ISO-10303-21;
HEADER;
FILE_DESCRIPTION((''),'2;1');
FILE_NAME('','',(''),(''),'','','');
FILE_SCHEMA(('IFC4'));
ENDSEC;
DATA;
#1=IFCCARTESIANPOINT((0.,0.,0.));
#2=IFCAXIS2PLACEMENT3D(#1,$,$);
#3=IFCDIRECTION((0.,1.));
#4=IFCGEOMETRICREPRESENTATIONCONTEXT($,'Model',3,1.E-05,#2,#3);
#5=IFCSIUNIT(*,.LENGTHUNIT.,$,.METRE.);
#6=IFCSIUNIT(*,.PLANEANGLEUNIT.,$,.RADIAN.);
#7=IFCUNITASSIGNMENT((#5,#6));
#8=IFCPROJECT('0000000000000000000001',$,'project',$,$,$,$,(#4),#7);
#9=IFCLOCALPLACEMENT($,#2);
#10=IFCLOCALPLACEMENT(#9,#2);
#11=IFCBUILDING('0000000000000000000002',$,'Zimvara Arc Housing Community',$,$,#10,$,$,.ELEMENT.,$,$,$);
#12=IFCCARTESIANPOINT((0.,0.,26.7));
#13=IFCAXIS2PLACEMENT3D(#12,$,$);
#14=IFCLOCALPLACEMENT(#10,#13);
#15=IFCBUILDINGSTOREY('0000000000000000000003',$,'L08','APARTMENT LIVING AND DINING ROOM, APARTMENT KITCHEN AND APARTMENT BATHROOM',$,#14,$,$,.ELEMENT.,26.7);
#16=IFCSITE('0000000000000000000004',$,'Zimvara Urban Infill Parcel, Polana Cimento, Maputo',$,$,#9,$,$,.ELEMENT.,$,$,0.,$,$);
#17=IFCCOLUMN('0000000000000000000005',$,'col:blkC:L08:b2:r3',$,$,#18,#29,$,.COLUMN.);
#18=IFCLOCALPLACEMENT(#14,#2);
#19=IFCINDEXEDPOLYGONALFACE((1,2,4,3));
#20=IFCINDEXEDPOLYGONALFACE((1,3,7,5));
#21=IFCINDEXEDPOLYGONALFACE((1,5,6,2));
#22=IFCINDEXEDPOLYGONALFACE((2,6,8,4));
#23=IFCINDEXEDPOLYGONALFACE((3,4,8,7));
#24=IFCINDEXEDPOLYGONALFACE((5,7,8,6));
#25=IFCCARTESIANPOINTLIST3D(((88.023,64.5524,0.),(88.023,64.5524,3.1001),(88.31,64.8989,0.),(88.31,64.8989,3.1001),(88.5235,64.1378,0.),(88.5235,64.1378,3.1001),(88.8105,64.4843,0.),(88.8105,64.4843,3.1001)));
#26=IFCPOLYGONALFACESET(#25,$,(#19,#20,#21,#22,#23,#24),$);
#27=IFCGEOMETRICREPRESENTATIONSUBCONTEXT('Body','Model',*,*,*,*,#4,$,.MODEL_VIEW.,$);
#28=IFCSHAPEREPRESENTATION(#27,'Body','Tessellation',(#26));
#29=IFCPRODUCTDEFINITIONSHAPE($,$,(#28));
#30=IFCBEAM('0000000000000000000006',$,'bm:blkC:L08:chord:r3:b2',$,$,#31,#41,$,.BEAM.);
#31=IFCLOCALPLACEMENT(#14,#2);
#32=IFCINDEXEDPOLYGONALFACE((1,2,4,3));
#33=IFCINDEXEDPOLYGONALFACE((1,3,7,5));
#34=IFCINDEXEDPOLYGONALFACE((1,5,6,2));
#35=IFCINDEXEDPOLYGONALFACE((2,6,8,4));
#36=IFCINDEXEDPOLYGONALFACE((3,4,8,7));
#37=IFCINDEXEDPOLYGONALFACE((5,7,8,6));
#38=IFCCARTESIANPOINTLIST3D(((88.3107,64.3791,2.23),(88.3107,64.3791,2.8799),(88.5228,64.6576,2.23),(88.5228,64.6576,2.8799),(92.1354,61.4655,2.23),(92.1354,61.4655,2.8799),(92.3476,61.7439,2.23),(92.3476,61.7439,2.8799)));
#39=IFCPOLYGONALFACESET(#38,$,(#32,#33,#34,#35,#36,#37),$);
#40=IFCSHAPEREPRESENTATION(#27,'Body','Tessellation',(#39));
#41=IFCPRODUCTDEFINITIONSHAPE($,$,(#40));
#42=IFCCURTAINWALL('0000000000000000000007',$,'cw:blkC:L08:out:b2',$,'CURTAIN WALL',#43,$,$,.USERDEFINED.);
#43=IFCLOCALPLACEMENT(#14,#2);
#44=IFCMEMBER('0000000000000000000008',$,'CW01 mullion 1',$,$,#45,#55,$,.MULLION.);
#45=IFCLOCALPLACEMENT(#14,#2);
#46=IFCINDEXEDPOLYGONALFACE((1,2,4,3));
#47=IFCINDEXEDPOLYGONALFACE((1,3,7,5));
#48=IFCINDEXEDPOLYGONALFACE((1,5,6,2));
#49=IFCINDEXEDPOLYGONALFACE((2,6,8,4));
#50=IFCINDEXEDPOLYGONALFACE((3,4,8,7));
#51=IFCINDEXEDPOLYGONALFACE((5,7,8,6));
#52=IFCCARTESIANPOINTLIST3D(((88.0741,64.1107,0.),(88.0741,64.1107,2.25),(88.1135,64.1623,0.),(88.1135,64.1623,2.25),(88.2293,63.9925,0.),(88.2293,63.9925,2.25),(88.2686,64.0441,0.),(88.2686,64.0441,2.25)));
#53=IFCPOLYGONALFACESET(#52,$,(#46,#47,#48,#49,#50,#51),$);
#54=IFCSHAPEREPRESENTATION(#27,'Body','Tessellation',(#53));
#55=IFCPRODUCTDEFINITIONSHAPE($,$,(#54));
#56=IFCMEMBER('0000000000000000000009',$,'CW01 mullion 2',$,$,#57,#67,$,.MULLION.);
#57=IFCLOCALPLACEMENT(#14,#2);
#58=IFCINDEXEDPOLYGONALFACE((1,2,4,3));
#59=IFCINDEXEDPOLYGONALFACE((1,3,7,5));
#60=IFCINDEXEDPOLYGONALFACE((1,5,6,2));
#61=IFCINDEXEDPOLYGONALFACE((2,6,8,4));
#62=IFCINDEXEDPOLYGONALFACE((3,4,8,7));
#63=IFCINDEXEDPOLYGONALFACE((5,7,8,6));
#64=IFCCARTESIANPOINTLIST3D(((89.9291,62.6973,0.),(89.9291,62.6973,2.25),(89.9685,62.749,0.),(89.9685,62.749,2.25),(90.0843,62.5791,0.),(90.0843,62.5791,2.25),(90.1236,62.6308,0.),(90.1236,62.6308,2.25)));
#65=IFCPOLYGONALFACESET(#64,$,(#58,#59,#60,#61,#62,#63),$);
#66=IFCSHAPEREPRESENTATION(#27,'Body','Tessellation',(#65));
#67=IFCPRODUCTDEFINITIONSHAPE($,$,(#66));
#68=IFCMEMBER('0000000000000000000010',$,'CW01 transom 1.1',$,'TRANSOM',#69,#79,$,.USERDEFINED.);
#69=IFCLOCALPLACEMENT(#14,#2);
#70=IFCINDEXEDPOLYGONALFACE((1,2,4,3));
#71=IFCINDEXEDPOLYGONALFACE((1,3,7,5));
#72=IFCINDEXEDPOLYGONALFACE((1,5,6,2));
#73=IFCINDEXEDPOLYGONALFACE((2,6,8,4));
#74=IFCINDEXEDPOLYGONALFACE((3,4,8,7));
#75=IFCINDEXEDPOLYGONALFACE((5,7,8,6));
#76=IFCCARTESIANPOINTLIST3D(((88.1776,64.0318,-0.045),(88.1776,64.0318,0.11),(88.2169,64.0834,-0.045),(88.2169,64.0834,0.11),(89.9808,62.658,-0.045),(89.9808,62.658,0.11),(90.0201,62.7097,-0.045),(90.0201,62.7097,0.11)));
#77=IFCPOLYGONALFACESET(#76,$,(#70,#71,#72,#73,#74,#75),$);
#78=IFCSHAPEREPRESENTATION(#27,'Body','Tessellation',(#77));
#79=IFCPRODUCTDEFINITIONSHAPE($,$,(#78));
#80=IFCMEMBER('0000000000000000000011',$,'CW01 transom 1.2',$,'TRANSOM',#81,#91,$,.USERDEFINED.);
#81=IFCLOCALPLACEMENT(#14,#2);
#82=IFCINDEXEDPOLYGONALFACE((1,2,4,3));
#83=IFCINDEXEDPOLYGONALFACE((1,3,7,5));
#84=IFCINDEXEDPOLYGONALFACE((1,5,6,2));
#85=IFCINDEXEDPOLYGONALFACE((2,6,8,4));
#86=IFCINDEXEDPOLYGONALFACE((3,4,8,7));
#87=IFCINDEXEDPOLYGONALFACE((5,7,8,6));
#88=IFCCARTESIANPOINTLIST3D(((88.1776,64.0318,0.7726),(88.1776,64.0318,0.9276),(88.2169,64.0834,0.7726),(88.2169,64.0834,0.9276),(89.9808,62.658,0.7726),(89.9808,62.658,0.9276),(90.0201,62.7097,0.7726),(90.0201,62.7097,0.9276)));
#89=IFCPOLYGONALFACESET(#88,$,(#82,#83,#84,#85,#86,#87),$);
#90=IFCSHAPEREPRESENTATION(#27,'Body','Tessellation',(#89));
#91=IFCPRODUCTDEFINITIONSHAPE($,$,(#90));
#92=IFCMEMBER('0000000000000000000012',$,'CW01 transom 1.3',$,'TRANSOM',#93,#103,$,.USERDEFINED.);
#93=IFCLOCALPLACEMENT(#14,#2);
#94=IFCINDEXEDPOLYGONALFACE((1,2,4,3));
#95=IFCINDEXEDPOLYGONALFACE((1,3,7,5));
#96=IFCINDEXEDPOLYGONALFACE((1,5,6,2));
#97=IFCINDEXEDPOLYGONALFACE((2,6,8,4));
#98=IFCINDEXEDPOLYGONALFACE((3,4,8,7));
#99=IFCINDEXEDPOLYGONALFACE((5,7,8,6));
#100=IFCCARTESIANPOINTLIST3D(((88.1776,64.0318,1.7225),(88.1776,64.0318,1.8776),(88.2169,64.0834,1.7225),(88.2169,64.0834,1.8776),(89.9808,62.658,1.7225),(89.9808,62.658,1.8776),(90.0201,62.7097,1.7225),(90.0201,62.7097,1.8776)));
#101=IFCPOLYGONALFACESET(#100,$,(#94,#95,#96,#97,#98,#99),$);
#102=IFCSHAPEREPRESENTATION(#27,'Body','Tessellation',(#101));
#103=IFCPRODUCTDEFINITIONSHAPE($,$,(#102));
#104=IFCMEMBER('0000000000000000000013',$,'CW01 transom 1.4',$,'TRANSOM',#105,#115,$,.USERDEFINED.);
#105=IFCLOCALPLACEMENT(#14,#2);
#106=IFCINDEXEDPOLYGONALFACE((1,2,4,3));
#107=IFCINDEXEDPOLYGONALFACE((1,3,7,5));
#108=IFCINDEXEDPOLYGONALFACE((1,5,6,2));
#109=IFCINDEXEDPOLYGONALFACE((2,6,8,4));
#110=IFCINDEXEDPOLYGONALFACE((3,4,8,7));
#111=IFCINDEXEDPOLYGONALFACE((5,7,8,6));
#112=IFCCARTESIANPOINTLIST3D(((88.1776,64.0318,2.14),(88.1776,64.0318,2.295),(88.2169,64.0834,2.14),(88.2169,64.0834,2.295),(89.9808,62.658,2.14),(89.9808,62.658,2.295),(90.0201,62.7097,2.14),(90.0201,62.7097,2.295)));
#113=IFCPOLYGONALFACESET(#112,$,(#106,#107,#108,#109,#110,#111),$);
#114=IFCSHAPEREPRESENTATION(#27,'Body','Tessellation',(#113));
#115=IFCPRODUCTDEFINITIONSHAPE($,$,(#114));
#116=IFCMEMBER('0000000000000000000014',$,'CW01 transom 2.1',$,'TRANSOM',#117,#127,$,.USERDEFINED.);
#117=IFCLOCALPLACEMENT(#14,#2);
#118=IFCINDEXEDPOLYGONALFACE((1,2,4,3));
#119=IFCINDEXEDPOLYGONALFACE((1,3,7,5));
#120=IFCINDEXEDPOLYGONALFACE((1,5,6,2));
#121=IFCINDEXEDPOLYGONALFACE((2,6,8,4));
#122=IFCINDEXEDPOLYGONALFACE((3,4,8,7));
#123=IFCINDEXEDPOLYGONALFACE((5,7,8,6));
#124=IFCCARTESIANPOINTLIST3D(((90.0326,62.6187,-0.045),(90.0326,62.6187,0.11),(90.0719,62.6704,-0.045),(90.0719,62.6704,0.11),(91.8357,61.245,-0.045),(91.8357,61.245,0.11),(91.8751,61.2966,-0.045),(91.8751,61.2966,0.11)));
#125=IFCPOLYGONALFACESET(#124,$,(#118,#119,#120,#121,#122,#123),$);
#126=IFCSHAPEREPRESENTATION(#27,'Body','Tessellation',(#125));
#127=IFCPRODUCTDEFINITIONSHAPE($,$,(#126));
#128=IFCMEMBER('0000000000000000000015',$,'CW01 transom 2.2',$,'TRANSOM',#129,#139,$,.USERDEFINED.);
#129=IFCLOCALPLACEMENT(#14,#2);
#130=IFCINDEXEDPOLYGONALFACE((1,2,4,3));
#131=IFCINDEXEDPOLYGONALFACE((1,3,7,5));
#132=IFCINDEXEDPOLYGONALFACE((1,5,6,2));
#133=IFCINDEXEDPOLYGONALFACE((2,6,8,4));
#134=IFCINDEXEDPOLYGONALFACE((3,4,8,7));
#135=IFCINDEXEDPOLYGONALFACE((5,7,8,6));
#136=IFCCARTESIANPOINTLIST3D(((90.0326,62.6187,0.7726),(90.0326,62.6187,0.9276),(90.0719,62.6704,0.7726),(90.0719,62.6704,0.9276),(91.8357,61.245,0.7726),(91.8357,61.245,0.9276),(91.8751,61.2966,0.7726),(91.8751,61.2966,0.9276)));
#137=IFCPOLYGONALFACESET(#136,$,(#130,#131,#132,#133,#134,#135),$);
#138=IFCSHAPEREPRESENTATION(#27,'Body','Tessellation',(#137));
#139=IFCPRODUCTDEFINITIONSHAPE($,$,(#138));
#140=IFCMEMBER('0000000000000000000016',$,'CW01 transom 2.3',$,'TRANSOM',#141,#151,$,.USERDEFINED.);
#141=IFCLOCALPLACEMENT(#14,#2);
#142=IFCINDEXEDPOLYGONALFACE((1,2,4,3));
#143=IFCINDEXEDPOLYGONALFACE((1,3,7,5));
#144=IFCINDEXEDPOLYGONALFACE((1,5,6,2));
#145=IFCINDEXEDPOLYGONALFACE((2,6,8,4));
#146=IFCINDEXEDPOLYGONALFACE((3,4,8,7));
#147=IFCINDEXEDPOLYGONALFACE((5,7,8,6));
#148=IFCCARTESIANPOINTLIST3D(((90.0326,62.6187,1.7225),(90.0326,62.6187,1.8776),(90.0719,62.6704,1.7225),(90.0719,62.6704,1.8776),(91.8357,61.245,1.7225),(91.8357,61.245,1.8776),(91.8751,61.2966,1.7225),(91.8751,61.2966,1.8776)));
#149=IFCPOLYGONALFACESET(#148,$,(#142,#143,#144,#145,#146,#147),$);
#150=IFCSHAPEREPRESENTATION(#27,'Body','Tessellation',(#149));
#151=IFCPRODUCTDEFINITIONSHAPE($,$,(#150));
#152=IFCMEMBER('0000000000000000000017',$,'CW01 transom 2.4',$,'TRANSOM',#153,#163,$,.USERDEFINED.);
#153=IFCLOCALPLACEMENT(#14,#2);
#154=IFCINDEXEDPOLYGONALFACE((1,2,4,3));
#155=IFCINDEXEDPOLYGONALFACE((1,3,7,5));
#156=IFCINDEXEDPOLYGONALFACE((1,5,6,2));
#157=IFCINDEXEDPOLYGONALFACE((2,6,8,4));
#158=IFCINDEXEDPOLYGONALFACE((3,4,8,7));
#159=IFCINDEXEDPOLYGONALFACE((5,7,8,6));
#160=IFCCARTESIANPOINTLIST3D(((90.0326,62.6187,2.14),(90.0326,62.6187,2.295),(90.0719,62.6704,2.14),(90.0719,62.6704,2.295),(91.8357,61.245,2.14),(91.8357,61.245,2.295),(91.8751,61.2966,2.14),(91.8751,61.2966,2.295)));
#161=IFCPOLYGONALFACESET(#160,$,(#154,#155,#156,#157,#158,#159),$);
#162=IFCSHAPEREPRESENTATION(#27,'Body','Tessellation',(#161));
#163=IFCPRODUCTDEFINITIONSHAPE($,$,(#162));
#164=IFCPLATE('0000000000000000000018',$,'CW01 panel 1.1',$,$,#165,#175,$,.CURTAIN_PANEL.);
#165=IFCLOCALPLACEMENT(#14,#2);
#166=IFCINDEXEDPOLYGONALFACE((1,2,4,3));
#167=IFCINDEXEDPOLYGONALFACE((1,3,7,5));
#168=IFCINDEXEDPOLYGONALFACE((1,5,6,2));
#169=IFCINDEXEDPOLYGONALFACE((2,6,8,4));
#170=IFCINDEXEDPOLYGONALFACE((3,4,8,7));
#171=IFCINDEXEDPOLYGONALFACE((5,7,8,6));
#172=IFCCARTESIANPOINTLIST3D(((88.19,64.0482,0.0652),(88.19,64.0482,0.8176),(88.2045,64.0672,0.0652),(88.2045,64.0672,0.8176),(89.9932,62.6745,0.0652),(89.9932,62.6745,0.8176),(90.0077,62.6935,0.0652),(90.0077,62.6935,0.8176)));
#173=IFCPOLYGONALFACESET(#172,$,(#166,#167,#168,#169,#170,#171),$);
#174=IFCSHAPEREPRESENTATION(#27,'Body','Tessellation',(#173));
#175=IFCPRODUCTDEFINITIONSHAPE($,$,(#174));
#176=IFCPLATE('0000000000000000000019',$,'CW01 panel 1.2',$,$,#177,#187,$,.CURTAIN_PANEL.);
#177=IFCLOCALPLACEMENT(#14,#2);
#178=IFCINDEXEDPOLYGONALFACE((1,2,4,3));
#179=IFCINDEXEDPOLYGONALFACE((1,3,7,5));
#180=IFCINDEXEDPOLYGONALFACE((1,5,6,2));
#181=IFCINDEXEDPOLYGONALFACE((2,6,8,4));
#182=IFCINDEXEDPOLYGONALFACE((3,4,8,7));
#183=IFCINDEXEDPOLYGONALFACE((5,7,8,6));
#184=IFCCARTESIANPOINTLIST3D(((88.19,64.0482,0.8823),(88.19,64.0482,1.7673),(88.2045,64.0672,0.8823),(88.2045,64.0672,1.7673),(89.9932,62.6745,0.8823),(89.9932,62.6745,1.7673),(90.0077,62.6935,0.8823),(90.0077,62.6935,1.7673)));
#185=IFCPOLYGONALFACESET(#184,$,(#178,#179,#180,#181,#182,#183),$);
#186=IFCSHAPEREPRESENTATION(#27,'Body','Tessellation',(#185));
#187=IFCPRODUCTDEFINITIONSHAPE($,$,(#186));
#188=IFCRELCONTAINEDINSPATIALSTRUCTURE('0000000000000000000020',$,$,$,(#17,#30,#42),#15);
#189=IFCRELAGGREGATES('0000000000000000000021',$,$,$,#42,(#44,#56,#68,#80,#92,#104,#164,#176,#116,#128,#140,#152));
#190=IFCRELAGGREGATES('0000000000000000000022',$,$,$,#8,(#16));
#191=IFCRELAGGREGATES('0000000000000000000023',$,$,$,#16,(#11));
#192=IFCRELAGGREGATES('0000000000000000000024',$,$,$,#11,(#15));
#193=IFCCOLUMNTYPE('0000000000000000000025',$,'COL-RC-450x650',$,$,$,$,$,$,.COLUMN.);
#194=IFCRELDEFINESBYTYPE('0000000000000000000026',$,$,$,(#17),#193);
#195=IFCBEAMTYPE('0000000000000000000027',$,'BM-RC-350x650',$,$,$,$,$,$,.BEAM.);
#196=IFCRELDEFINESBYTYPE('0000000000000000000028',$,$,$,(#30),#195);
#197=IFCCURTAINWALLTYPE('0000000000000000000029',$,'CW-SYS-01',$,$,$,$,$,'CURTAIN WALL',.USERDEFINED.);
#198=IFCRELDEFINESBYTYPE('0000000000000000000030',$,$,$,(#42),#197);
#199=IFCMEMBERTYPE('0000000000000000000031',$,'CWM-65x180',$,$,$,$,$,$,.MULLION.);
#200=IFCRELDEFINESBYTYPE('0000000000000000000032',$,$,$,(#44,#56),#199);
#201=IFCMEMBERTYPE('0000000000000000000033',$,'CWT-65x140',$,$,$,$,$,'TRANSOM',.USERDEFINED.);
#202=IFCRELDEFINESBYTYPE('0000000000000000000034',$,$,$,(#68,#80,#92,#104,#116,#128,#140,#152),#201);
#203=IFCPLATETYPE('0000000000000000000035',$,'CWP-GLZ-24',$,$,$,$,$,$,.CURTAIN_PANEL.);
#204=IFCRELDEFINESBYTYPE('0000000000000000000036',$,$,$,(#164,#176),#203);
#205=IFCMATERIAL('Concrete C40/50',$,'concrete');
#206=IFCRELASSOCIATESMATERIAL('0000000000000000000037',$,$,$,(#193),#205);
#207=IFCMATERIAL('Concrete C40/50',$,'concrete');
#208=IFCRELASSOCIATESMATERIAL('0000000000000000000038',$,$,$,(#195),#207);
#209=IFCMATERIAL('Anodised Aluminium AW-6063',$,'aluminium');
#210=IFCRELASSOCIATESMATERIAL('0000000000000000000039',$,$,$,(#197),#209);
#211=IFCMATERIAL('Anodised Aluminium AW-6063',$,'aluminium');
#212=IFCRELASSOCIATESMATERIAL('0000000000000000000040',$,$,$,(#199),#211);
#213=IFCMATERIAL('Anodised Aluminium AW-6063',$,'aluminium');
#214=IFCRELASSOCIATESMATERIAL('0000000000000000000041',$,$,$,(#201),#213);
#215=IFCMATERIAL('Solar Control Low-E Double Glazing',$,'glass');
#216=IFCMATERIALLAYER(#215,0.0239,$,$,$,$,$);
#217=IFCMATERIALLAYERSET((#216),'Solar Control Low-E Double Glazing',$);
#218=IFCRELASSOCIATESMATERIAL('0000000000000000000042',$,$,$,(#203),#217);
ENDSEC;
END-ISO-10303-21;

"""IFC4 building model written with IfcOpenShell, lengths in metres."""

from ifc_helpers import new_model, si_unit, direction, frame, origin, origin_2d, place, context, subcontext, project, spatial, rectangle, extrude, material, layer, layer_set, material_profile, profile_set, type_object, element, aggregate, save


model = new_model("IFC4")

# Units and contexts
model_context = context("Model", 3, precision=1e-05, world=origin(), true_north=direction((0.0, 1.0)))
body_context = subcontext(model_context, "Body", "Model", "MODEL_VIEW")
ifc_project = project(units=[si_unit("LENGTHUNIT", "METRE"), si_unit("PLANEANGLEUNIT", "RADIAN")], contexts=[model_context])

# Site, building, storey
site_placement = place(None, origin())
site = spatial("IfcSite", under=ifc_project, at=site_placement, Name="Zimvara Urban Infill Parcel, Polana Cimento, Maputo", CompositionType="ELEMENT", RefElevation=0.0)
building_placement = place(site_placement, origin())
building = spatial("IfcBuilding", under=site, at=building_placement, Name="Zimvara Arc Housing Community", CompositionType="ELEMENT")
storey_placement = place(building_placement, frame((0.0, 0.0, 26.7)))
storey = spatial("IfcBuildingStorey", under=building, at=storey_placement, Name="L08", Description="APARTMENT LIVING AND DINING ROOM, APARTMENT KITCHEN AND APARTMENT BATHROOM", CompositionType="ELEMENT", Elevation=26.7)

# Column
ifc_material_1 = material(Name="Concrete C40/50", Category="concrete")
ifc_material_profile_1 = material_profile(ifc_material_1, rectangle(XDim=0.45, YDim=0.6499, at=origin_2d()), Name="RC 450x650")
ifc_profile_set_1 = profile_set([ifc_material_profile_1], Name="Concrete C40/50")
column_type = type_object("IfcColumnType", Name="COL-RC-450x650", PredefinedType="COLUMN", material=ifc_profile_set_1)
column_placement = place(storey_placement, frame((88.4167, 64.5183, 0.0), z_axis=(0.0, 0.0, 1.0), x_axis=(-0.637962, -0.770068, 0.0)))
element("IfcColumn", 1, at=column_placement, inside=storey, type_object=column_type, Name="col:blkC:L08:b2:r3", PredefinedType="COLUMN", context=body_context, shape_type="SweptSolid", body=[
    extrude(rectangle(XDim=0.45, YDim=0.6499, at=origin_2d()), origin(), (0.0, 0.0, 1.0), 3.1001),
])

# Beam
ifc_material_2 = material(Name="Concrete C40/50", Category="concrete")
ifc_material_profile_2 = material_profile(ifc_material_2, rectangle(XDim=0.3501, YDim=0.6499, at=origin_2d()), Name="RC 350x650")
ifc_profile_set_2 = profile_set([ifc_material_profile_2], Name="Concrete C40/50")
beam_type = type_object("IfcBeamType", Name="BM-RC-350x650", PredefinedType="BEAM", material=ifc_profile_set_2)
beam_placement = place(storey_placement, frame((88.4167, 64.5183, 2.5549), z_axis=(0.795481, -0.605979, 0.0), x_axis=(0.605979, 0.795481, 0.0)))
element("IfcBeam", 2, at=beam_placement, inside=storey, type_object=beam_type, Name="bm:blkC:L08:chord:r3:b2", PredefinedType="BEAM", context=body_context, shape_type="SweptSolid", body=[
    extrude(rectangle(XDim=0.3501, YDim=0.6499, at=origin_2d()), origin(), (0.0, 0.0, 1.0), 4.8081),
])

# Curtain wall, members, plates
ifc_material_3 = material(Name="Anodised Aluminium AW-6063", Category="aluminium")
curtain_wall_type = type_object("IfcCurtainWallType", Name="CW-SYS-01", ElementType="CURTAIN WALL", PredefinedType="USERDEFINED", material=ifc_material_3)
curtain_wall_placement = place(storey_placement, origin())
curtain_wall = element("IfcCurtainWall", 3, at=curtain_wall_placement, inside=storey, type_object=curtain_wall_type, Name="cw:blkC:L08:out:b2", ObjectType="CURTAIN WALL", PredefinedType="USERDEFINED")
ifc_material_4 = material(Name="Anodised Aluminium AW-6063", Category="aluminium")
ifc_material_profile_3 = material_profile(ifc_material_4, rectangle(XDim=0.0649, YDim=0.1951, at=origin_2d()), Name="ALU 65x195")
ifc_profile_set_3 = profile_set([ifc_material_profile_3], Name="Anodised Aluminium AW-6063")
member_type_1 = type_object("IfcMemberType", Name="CWM-65x180", PredefinedType="MULLION", material=ifc_profile_set_3)
member_1_placement = place(storey_placement, frame((88.1714, 64.0774, 0.0), z_axis=(0.0, 0.0, 1.0), x_axis=(0.605988, 0.795474, 0.0)))
member_1 = element("IfcMember", 4, at=member_1_placement, type_object=member_type_1, Name="CW01 mullion 1", PredefinedType="MULLION", context=body_context, shape_type="SweptSolid", body=[
    extrude(rectangle(XDim=0.0649, YDim=0.1951, at=origin_2d()), origin(), (0.0, 0.0, 1.0), 2.25),
])
member_2_placement = place(storey_placement, frame((90.0264, 62.6641, 0.0), z_axis=(0.0, 0.0, 1.0), x_axis=(0.605988, 0.795474, 0.0)))
member_2 = element("IfcMember", 5, at=member_2_placement, type_object=member_type_1, Name="CW01 mullion 2", PredefinedType="MULLION", context=body_context, shape_type="SweptSolid", body=[
    extrude(rectangle(XDim=0.0649, YDim=0.1951, at=origin_2d()), origin(), (0.0, 0.0, 1.0), 2.25),
])
ifc_material_5 = material(Name="Anodised Aluminium AW-6063", Category="aluminium")
ifc_material_profile_4 = material_profile(ifc_material_5, rectangle(XDim=0.0649, YDim=0.155, at=origin_2d()), Name="ALU 65x155")
ifc_profile_set_4 = profile_set([ifc_material_profile_4], Name="Anodised Aluminium AW-6063")
member_type_2 = type_object("IfcMemberType", Name="CWT-65x140", ElementType="TRANSOM", PredefinedType="USERDEFINED", material=ifc_profile_set_4)
member_3_placement = place(storey_placement, frame((88.1973, 64.0576, 0.0325), z_axis=(0.795454, -0.606014, 0.0), x_axis=(0.606014, 0.795454, 0.0)))
member_3 = element("IfcMember", 6, at=member_3_placement, type_object=member_type_2, Name="CW01 transom 1.1", ObjectType="TRANSOM", PredefinedType="USERDEFINED", context=body_context, shape_type="SweptSolid", body=[
    extrude(rectangle(XDim=0.0649, YDim=0.155, at=origin_2d()), origin(), (0.0, 0.0, 1.0), 2.2668),
])
member_4_placement = place(storey_placement, frame((88.1973, 64.0576, 0.8501), z_axis=(0.795454, -0.606014, 0.0), x_axis=(0.606014, 0.795454, 0.0)))
member_4 = element("IfcMember", 7, at=member_4_placement, type_object=member_type_2, Name="CW01 transom 1.2", ObjectType="TRANSOM", PredefinedType="USERDEFINED", context=body_context, shape_type="SweptSolid", body=[
    extrude(rectangle(XDim=0.0649, YDim=0.155, at=origin_2d()), origin(), (0.0, 0.0, 1.0), 2.2668),
])
member_5_placement = place(storey_placement, frame((88.1973, 64.0576, 1.8), z_axis=(0.795454, -0.606014, 0.0), x_axis=(0.606014, 0.795454, 0.0)))
member_5 = element("IfcMember", 8, at=member_5_placement, type_object=member_type_2, Name="CW01 transom 1.3", ObjectType="TRANSOM", PredefinedType="USERDEFINED", context=body_context, shape_type="SweptSolid", body=[
    extrude(rectangle(XDim=0.0649, YDim=0.155, at=origin_2d()), origin(), (0.0, 0.0, 1.0), 2.2668),
])
member_6_placement = place(storey_placement, frame((88.1973, 64.0576, 2.2175), z_axis=(0.795454, -0.606014, 0.0), x_axis=(0.606014, 0.795454, 0.0)))
member_6 = element("IfcMember", 9, at=member_6_placement, type_object=member_type_2, Name="CW01 transom 1.4", ObjectType="TRANSOM", PredefinedType="USERDEFINED", context=body_context, shape_type="SweptSolid", body=[
    extrude(rectangle(XDim=0.0649, YDim=0.155, at=origin_2d()), origin(), (0.0, 0.0, 1.0), 2.2668),
])
member_7_placement = place(storey_placement, frame((90.0522, 62.6445, 0.0325), z_axis=(0.795454, -0.606014, 0.0), x_axis=(0.606014, 0.795454, 0.0)))
member_7 = element("IfcMember", 10, at=member_7_placement, type_object=member_type_2, Name="CW01 transom 2.1", ObjectType="TRANSOM", PredefinedType="USERDEFINED", context=body_context, shape_type="SweptSolid", body=[
    extrude(rectangle(XDim=0.0649, YDim=0.155, at=origin_2d()), origin(), (0.0, 0.0, 1.0), 2.2668),
])
member_8_placement = place(storey_placement, frame((90.0522, 62.6445, 0.8501), z_axis=(0.795454, -0.606014, 0.0), x_axis=(0.606014, 0.795454, 0.0)))
member_8 = element("IfcMember", 11, at=member_8_placement, type_object=member_type_2, Name="CW01 transom 2.2", ObjectType="TRANSOM", PredefinedType="USERDEFINED", context=body_context, shape_type="SweptSolid", body=[
    extrude(rectangle(XDim=0.0649, YDim=0.155, at=origin_2d()), origin(), (0.0, 0.0, 1.0), 2.2668),
])
member_9_placement = place(storey_placement, frame((90.0522, 62.6445, 1.8), z_axis=(0.795454, -0.606014, 0.0), x_axis=(0.606014, 0.795454, 0.0)))
member_9 = element("IfcMember", 12, at=member_9_placement, type_object=member_type_2, Name="CW01 transom 2.3", ObjectType="TRANSOM", PredefinedType="USERDEFINED", context=body_context, shape_type="SweptSolid", body=[
    extrude(rectangle(XDim=0.0649, YDim=0.155, at=origin_2d()), origin(), (0.0, 0.0, 1.0), 2.2668),
])
member_10_placement = place(storey_placement, frame((90.0522, 62.6445, 2.2175), z_axis=(0.795454, -0.606014, 0.0), x_axis=(0.606014, 0.795454, 0.0)))
member_10 = element("IfcMember", 13, at=member_10_placement, type_object=member_type_2, Name="CW01 transom 2.4", ObjectType="TRANSOM", PredefinedType="USERDEFINED", context=body_context, shape_type="SweptSolid", body=[
    extrude(rectangle(XDim=0.0649, YDim=0.155, at=origin_2d()), origin(), (0.0, 0.0, 1.0), 2.2668),
])
ifc_material_6 = material(Name="Solar Control Low-E Double Glazing", Category="glass")
ifc_layer_1 = layer(ifc_material_6, 0.0239)
ifc_layer_set_1 = layer_set([ifc_layer_1], Name="Solar Control Low-E Double Glazing")
plate_type = type_object("IfcPlateType", Name="CWP-GLZ-24", PredefinedType="CURTAIN_PANEL", material=ifc_layer_set_1)
plate_1_placement = place(storey_placement, frame((89.0989, 63.3708, 0.0652), z_axis=(0.0, 0.0, 1.0), x_axis=(0.795474, -0.605988, 0.0)))
plate_1 = element("IfcPlate", 14, at=plate_1_placement, type_object=plate_type, Name="CW01 panel 1.1", PredefinedType="CURTAIN_PANEL", context=body_context, shape_type="SweptSolid", body=[
    extrude(rectangle(XDim=2.2668, YDim=0.0239, at=origin_2d()), origin(), (0.0, 0.0, 1.0), 0.7524),
])
plate_2_placement = place(storey_placement, frame((89.0989, 63.3708, 0.8823), z_axis=(0.0, 0.0, 1.0), x_axis=(0.795474, -0.605988, 0.0)))
plate_2 = element("IfcPlate", 15, at=plate_2_placement, type_object=plate_type, Name="CW01 panel 1.2", PredefinedType="CURTAIN_PANEL", context=body_context, shape_type="SweptSolid", body=[
    extrude(rectangle(XDim=2.2668, YDim=0.0239, at=origin_2d()), origin(), (0.0, 0.0, 1.0), 0.885),
])
aggregate(curtain_wall, [member_1, member_2, member_3, member_4, member_5, member_6, plate_1, plate_2, member_7, member_8, member_9, member_10])

save(model, "model.ifc")
